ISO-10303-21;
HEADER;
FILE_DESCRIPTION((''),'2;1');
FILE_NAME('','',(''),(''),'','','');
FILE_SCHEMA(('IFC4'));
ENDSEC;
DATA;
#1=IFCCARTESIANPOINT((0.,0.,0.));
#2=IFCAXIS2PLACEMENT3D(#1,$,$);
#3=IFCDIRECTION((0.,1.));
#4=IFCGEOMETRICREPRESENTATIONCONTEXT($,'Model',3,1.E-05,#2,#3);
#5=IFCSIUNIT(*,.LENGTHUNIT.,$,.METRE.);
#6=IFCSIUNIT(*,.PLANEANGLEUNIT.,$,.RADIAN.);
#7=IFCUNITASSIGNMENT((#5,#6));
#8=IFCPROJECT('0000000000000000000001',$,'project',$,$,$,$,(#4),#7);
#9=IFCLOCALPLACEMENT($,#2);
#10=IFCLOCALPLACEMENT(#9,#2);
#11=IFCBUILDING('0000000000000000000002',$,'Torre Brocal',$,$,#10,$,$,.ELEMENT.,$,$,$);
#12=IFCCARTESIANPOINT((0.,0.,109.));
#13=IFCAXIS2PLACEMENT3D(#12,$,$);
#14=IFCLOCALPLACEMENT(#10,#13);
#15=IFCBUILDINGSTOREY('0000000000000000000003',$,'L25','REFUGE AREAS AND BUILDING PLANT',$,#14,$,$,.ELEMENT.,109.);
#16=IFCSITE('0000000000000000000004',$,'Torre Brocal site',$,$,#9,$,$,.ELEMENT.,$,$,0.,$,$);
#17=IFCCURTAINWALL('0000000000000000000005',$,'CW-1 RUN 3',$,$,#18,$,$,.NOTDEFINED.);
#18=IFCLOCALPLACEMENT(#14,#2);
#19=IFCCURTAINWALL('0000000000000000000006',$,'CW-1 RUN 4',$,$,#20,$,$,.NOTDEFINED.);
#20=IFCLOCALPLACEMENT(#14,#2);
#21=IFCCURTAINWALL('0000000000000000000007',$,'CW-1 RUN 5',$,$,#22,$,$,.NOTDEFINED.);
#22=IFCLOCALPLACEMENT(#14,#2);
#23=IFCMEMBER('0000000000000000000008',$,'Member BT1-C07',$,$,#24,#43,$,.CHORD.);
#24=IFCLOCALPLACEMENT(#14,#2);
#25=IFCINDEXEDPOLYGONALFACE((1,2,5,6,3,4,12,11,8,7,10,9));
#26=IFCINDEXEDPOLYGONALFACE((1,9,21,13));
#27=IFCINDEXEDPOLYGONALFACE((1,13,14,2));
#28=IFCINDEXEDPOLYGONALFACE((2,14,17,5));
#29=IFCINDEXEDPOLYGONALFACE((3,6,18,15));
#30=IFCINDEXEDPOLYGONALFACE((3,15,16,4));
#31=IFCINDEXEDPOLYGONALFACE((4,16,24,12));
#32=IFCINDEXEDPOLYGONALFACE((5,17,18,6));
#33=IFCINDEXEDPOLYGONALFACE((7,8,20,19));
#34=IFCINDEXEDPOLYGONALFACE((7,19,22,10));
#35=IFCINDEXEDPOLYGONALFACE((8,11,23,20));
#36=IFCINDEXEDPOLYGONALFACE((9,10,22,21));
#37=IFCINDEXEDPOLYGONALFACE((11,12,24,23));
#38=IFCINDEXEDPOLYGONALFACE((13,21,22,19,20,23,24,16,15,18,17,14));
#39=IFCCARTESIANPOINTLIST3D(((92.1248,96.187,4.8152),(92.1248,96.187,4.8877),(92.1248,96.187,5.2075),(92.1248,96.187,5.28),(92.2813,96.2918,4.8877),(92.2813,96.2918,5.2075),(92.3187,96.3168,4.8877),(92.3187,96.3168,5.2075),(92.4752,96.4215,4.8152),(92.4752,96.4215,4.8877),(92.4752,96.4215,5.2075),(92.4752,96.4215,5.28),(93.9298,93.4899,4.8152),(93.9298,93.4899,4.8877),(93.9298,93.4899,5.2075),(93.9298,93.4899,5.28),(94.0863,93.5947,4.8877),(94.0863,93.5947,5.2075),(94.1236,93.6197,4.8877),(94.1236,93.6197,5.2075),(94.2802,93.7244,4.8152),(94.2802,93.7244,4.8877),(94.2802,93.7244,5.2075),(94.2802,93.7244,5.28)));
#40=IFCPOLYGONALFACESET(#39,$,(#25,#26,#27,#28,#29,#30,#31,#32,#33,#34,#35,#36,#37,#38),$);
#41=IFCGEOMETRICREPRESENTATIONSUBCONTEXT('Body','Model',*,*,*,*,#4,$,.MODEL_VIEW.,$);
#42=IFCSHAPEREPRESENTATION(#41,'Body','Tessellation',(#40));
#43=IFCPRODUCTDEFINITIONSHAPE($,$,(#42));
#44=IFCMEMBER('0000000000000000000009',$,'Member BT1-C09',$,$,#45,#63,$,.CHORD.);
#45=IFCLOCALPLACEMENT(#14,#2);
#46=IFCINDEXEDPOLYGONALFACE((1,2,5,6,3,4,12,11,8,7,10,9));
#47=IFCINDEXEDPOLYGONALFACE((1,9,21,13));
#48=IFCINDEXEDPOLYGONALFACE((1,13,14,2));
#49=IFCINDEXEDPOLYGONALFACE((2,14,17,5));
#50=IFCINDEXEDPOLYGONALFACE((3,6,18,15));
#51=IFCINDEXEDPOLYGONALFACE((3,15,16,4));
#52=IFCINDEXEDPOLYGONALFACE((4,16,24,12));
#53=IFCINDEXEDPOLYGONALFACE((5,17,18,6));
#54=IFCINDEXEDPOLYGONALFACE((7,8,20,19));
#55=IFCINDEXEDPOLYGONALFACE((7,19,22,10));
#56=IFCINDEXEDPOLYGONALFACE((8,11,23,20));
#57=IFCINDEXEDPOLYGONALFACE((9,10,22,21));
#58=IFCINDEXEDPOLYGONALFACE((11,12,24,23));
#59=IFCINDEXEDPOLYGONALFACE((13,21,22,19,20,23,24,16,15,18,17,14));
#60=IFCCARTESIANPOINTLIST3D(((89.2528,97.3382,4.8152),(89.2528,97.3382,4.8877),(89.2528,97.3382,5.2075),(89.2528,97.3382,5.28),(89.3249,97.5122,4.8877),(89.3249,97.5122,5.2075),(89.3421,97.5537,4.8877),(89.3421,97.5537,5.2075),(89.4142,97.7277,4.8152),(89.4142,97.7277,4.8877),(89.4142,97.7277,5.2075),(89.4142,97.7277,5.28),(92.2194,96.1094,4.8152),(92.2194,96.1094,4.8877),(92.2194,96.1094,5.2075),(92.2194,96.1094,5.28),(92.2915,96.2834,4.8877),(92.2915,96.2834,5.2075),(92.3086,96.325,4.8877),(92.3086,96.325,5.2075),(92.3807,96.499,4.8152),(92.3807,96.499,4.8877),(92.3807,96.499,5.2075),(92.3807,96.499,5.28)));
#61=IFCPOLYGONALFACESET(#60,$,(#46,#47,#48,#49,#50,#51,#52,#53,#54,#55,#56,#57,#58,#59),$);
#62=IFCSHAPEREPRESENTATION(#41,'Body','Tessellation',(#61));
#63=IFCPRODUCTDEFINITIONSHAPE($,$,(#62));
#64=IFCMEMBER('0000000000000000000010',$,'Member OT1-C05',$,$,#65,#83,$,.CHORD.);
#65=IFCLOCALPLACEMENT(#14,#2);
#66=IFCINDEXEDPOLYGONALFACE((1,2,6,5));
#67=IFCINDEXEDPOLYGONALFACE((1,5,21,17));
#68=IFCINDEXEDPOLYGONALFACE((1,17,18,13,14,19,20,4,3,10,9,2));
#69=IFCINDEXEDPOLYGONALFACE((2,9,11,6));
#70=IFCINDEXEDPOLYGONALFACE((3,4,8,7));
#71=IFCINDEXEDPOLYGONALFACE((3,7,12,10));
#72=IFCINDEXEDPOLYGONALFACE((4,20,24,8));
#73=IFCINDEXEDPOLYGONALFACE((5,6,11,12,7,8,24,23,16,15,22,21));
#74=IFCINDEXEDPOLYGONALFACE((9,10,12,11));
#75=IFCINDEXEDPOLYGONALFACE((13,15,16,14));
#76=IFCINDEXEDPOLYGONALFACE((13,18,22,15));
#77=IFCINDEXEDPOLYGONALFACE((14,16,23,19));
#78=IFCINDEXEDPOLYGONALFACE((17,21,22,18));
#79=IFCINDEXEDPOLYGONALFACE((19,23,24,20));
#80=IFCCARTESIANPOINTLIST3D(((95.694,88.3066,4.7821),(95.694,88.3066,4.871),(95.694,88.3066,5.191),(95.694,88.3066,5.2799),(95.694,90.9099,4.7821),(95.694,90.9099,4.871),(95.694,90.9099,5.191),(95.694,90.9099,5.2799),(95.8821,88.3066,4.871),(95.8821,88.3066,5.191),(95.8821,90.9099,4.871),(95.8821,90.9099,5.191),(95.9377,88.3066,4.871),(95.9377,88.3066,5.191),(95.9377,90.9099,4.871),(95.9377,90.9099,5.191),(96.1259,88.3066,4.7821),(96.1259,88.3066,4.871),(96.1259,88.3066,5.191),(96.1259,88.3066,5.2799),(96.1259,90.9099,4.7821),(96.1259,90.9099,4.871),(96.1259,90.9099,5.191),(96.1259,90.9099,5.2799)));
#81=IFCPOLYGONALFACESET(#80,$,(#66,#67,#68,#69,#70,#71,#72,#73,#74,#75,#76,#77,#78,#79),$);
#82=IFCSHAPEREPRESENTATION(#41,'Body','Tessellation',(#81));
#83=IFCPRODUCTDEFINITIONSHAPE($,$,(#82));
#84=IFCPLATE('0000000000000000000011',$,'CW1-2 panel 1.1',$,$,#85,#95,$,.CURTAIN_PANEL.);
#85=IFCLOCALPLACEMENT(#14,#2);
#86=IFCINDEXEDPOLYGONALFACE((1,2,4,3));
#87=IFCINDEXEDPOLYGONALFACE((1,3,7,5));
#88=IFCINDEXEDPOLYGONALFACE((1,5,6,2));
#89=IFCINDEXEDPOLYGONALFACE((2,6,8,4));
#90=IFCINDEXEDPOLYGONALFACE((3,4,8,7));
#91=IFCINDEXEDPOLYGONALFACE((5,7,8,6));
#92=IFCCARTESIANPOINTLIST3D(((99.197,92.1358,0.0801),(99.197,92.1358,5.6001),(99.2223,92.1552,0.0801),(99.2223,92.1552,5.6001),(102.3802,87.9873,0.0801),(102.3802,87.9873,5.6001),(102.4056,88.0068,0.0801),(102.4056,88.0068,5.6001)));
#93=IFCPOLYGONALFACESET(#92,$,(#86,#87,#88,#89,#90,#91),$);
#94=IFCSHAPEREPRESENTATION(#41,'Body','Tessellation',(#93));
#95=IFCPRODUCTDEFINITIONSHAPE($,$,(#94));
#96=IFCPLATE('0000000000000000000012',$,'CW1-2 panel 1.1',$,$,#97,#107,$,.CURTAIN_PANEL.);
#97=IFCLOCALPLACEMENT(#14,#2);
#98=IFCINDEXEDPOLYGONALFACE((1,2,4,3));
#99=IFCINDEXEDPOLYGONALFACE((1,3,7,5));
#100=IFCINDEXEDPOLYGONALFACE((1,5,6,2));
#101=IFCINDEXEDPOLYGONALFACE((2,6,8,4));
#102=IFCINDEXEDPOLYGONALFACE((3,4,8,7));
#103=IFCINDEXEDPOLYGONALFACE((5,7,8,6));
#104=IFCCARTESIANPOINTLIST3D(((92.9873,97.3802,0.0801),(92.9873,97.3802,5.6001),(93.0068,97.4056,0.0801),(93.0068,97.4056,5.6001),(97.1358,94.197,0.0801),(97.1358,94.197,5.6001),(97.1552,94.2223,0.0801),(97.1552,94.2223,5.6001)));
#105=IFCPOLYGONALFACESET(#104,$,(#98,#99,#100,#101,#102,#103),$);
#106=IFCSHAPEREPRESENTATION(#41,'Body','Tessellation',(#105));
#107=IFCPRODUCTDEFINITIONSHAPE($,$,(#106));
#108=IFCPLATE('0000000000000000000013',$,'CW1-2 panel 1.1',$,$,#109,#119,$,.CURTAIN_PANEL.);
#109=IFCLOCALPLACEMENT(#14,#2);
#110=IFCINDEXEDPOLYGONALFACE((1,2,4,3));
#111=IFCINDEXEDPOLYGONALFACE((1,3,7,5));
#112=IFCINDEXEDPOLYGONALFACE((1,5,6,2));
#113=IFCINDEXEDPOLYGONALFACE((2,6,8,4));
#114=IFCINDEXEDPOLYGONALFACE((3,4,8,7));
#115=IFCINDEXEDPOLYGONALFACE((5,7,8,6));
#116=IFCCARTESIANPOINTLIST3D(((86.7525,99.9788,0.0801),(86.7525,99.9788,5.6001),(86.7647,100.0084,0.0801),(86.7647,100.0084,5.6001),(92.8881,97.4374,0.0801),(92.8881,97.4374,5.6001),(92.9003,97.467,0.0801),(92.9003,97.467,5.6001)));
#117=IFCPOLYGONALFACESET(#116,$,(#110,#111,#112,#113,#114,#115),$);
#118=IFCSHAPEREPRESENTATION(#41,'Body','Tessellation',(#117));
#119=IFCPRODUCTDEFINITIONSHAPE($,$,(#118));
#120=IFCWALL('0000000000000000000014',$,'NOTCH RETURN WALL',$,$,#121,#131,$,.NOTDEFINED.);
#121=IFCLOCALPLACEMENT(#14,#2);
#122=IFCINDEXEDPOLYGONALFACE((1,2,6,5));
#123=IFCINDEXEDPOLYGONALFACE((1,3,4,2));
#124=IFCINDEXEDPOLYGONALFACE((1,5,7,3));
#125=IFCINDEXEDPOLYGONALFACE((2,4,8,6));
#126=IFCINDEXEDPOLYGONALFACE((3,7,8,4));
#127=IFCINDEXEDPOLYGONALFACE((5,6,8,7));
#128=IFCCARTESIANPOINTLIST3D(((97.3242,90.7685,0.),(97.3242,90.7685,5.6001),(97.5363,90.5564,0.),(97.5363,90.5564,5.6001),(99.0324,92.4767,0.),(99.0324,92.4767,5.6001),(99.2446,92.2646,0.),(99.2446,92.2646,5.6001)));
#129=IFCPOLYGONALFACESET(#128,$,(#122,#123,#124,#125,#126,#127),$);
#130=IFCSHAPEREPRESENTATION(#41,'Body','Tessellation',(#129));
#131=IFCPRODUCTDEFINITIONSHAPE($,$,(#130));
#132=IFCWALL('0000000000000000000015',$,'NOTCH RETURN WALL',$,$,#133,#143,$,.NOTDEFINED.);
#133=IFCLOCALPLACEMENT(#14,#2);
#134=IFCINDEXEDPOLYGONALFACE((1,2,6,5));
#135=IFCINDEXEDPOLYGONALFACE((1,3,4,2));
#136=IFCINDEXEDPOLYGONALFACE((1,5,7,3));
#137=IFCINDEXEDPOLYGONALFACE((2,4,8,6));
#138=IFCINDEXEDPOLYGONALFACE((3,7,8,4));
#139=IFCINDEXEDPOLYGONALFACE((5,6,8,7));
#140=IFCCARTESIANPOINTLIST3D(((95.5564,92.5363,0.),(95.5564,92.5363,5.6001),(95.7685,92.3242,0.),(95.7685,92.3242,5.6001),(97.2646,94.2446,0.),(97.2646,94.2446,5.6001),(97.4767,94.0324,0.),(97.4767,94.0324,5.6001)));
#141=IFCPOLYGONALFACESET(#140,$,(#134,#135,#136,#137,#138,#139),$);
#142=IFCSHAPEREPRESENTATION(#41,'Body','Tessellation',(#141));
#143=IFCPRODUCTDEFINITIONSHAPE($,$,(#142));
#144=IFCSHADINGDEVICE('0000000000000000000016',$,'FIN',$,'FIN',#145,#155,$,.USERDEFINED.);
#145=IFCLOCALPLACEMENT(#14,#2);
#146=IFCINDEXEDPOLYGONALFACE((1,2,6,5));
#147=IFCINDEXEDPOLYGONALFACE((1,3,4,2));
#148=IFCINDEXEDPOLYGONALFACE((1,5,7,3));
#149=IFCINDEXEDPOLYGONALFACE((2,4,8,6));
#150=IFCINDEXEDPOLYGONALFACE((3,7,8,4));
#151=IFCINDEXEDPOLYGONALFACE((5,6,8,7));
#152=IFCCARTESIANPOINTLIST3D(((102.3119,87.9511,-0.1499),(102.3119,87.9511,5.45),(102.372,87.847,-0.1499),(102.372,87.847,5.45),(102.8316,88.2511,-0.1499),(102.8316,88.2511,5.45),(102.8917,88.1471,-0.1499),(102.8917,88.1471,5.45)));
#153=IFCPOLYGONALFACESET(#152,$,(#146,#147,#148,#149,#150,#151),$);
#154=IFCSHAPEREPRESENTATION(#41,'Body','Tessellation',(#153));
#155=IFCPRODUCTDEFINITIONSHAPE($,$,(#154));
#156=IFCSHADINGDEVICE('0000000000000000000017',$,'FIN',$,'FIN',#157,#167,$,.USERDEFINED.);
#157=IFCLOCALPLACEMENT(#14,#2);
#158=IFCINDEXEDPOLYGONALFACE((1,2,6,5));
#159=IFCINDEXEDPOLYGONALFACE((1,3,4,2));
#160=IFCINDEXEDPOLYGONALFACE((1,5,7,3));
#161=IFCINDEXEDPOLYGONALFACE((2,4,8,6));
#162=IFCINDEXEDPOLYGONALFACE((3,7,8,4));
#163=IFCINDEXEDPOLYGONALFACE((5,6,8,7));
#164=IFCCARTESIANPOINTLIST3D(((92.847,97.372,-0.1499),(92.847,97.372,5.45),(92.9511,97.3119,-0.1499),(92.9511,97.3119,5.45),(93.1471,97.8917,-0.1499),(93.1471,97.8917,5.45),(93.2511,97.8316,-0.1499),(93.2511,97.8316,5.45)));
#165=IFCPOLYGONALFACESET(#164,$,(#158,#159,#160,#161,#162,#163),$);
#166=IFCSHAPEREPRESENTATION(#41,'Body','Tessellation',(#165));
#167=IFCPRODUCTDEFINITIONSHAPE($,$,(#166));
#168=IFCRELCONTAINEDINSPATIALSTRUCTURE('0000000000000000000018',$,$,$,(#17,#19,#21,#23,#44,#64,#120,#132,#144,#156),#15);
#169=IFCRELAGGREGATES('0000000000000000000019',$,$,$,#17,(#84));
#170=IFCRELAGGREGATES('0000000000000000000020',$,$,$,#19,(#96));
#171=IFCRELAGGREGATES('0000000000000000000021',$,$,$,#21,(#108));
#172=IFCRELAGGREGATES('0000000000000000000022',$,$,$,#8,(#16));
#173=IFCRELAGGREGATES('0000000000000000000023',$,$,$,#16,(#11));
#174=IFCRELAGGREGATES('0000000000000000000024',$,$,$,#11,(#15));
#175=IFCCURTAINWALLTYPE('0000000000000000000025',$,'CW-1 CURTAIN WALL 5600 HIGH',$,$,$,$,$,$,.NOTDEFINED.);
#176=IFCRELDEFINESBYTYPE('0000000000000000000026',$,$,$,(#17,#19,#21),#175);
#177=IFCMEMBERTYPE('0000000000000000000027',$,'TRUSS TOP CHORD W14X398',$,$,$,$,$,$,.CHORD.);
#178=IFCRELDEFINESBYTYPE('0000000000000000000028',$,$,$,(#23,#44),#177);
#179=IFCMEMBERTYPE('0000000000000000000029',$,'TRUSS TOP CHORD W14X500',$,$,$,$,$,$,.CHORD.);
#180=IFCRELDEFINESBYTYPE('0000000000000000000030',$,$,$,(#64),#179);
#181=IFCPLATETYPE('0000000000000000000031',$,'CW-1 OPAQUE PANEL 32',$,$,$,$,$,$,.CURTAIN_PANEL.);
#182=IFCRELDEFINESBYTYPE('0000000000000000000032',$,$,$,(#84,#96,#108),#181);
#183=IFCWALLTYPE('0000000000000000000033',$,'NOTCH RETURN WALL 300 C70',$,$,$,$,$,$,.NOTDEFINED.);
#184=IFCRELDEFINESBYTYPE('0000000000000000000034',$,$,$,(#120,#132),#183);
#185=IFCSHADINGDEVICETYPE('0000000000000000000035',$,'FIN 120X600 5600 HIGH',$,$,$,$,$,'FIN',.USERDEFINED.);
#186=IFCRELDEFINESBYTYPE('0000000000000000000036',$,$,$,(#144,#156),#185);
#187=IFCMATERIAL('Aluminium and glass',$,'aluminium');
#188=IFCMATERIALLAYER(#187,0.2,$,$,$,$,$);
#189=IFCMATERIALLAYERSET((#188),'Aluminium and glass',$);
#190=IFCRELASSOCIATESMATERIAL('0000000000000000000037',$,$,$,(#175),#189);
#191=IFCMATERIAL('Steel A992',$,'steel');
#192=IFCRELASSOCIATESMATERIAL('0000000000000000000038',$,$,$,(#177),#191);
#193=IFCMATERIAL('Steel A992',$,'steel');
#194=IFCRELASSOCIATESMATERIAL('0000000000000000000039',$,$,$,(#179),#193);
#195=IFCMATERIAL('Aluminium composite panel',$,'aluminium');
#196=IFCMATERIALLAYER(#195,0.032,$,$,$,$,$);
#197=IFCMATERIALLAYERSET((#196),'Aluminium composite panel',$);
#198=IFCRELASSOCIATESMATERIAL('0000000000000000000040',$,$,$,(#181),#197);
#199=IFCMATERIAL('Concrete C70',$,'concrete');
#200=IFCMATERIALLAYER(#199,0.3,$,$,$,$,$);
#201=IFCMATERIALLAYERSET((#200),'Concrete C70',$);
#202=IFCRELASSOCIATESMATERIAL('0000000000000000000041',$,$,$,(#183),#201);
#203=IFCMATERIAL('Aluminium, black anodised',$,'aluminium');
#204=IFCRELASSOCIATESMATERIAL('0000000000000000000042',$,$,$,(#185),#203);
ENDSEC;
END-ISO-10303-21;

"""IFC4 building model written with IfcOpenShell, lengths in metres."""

from ifc_helpers import new_model, si_unit, direction, frame, frame_2d, origin, origin_2d, place, context, subcontext, project, spatial, rectangle, i_section, extrude, material, layer, layer_set, material_profile, profile_set, type_object, element, aggregate, save


model = new_model("IFC4")

# Units and contexts
model_context = context("Model", 3, precision=1e-05, world=origin(), true_north=direction((0.0, 1.0)))
body_context = subcontext(model_context, "Body", "Model", "MODEL_VIEW")
ifc_project = project(units=[si_unit("LENGTHUNIT", "METRE"), si_unit("PLANEANGLEUNIT", "RADIAN")], contexts=[model_context])

# Site, building, storey
site_placement = place(None, origin())
site = spatial("IfcSite", under=ifc_project, at=site_placement, Name="Torre Brocal site", CompositionType="ELEMENT", RefElevation=0.0)
building_placement = place(site_placement, origin())
building = spatial("IfcBuilding", under=site, at=building_placement, Name="Torre Brocal", CompositionType="ELEMENT")
storey_placement = place(building_placement, frame((0.0, 0.0, 109.0)))
storey = spatial("IfcBuildingStorey", under=building, at=storey_placement, Name="L25", Description="REFUGE AREAS AND BUILDING PLANT", CompositionType="ELEMENT", Elevation=109.0)

# Shared definitions
ifc_material_1 = material(Name="Aluminium and glass", Category="aluminium")
ifc_layer_1 = layer(ifc_material_1, 0.2)
ifc_layer_set_1 = layer_set([ifc_layer_1], Name="Aluminium and glass")
curtain_wall_type = type_object("IfcCurtainWallType", Name="CW-1 CURTAIN WALL 5600 HIGH", PredefinedType="NOTDEFINED", material=ifc_layer_set_1)

# Curtain walls
curtain_wall_1_placement = place(storey_placement, origin())
curtain_wall_1 = element("IfcCurtainWall", 1, at=curtain_wall_1_placement, inside=storey, type_object=curtain_wall_type, Name="CW-1 RUN 3", PredefinedType="NOTDEFINED")
curtain_wall_2_placement = place(storey_placement, origin())
curtain_wall_2 = element("IfcCurtainWall", 2, at=curtain_wall_2_placement, inside=storey, type_object=curtain_wall_type, Name="CW-1 RUN 4", PredefinedType="NOTDEFINED")

# Curtain wall
curtain_wall_3_placement = place(storey_placement, origin())
curtain_wall_3 = element("IfcCurtainWall", 3, at=curtain_wall_3_placement, inside=storey, type_object=curtain_wall_type, Name="CW-1 RUN 5", PredefinedType="NOTDEFINED")

# Members
ifc_material_2 = material(Name="Steel A992", Category="steel")
ifc_material_profile_1 = material_profile(ifc_material_2, i_section(OverallWidth=0.4216, OverallDepth=0.4648, WebThickness=0.0449, FlangeThickness=0.0725, at=origin_2d()), Name="W14X398")
ifc_profile_set_1 = profile_set([ifc_material_profile_1], Name="Steel A992")
member_type_1 = type_object("IfcMemberType", Name="TRUSS TOP CHORD W14X398", PredefinedType="CHORD", material=ifc_profile_set_1)
for number, where, z_axis, x_axis, name in (
    (4, (94.105, 93.6072, 5.0476), (-0.556175, 0.831065, 0.0), (-0.831065, -0.556175, 0.0), "Member BT1-C07"),
):
    element("IfcMember", number, at=place(storey_placement, frame(where, z_axis=z_axis, x_axis=x_axis)), inside=storey, type_object=member_type_1, Name=name, PredefinedType="CHORD", context=body_context, shape_type="SweptSolid", body=[
        extrude(i_section(OverallWidth=0.4216, OverallDepth=0.4648, WebThickness=0.0449, FlangeThickness=0.0725, at=origin_2d()), origin(), (0.0, 0.0, 1.0), 3.2454),
    ])
member_1_placement = place(storey_placement, frame((92.3, 96.3042, 5.0476), z_axis=(-0.923882, 0.382676, 0.0), x_axis=(-0.382676, -0.923882, 0.0)))
element("IfcMember", 5, at=member_1_placement, inside=storey, type_object=member_type_1, Name="Member BT1-C09", PredefinedType="CHORD", context=body_context, shape_type="SweptSolid", body=[
    extrude(i_section(OverallWidth=0.4216, OverallDepth=0.4648, WebThickness=0.0449, FlangeThickness=0.0725, at=origin_2d()), origin(), (0.0, 0.0, 1.0), 3.2109),
])
ifc_material_3 = material(Name="Steel A992", Category="steel")
ifc_material_profile_2 = material_profile(ifc_material_3, i_section(OverallWidth=0.4319, OverallDepth=0.4978, WebThickness=0.0557, FlangeThickness=0.0889, at=origin_2d()), Name="W14X500")
ifc_profile_set_2 = profile_set([ifc_material_profile_2], Name="Steel A992")
member_type_2 = type_object("IfcMemberType", Name="TRUSS TOP CHORD W14X500", PredefinedType="CHORD", material=ifc_profile_set_2)
member_2_placement = place(storey_placement, frame((95.9099, 88.3066, 5.031), z_axis=(0.0, 1.0, 0.0), x_axis=(-1.0, 0.0, 0.0)))
element("IfcMember", 6, at=member_2_placement, inside=storey, type_object=member_type_2, Name="Member OT1-C05", PredefinedType="CHORD", context=body_context, shape_type="SweptSolid", body=[
    extrude(i_section(OverallWidth=0.4319, OverallDepth=0.4978, WebThickness=0.0557, FlangeThickness=0.0889, at=origin_2d()), origin(), (0.0, 0.0, 1.0), 2.6033),
])

# Plates
ifc_material_4 = material(Name="Aluminium composite panel", Category="aluminium")
ifc_layer_2 = layer(ifc_material_4, 0.032)
ifc_layer_set_2 = layer_set([ifc_layer_2], Name="Aluminium composite panel")
plate_type = type_object("IfcPlateType", Name="CW-1 OPAQUE PANEL 32", PredefinedType="CURTAIN_PANEL", material=ifc_layer_set_2)
plate_1_placement = place(storey_placement, frame((100.8013, 90.0713, 0.0801), z_axis=(0.0, 0.0, 1.0), x_axis=(-0.608761, 0.793353, 0.0)))
plate_1 = element("IfcPlate", 7, at=plate_1_placement, type_object=plate_type, Name="CW1-2 panel 1.1", PredefinedType="CURTAIN_PANEL", context=body_context, shape_type="SweptSolid", body=[
    extrude(rectangle(XDim=5.229, YDim=0.032, at=origin_2d()), origin(), (0.0, 0.0, 1.0), 5.52),
])
aggregate(curtain_wall_1, [plate_1])
plate_2_placement = place(storey_placement, frame((95.0713, 95.8013, 0.0801), z_axis=(0.0, 0.0, 1.0), x_axis=(-0.793353, 0.608761, 0.0)))
plate_2 = element("IfcPlate", 8, at=plate_2_placement, type_object=plate_type, Name="CW1-2 panel 1.1", PredefinedType="CURTAIN_PANEL", context=body_context, shape_type="SweptSolid", body=[
    extrude(rectangle(XDim=5.229, YDim=0.032, at=origin_2d()), origin(), (0.0, 0.0, 1.0), 5.52),
])
aggregate(curtain_wall_2, [plate_2])
plate_3_placement = place(storey_placement, frame((89.8264, 98.7229, 0.0801), z_axis=(0.0, 0.0, 1.0), x_axis=(-0.92388, 0.382683, 0.0)))
plate_3 = element("IfcPlate", 9, at=plate_3_placement, type_object=plate_type, Name="CW1-2 panel 1.1", PredefinedType="CURTAIN_PANEL", context=body_context, shape_type="SweptSolid", body=[
    extrude(rectangle(XDim=6.6411, YDim=0.032, at=origin_2d()), origin(), (0.0, 0.0, 1.0), 5.52),
])
aggregate(curtain_wall_3, [plate_3])

# Walls
ifc_material_5 = material(Name="Concrete C70", Category="concrete")
ifc_layer_3 = layer(ifc_material_5, 0.3)
ifc_layer_set_3 = layer_set([ifc_layer_3], Name="Concrete C70")
wall_type = type_object("IfcWallType", Name="NOTCH RETURN WALL 300 C70", PredefinedType="NOTDEFINED", material=ifc_layer_set_3)
for number, where, z_axis, x_axis, name in (
    (10, (97.4302, 90.6624, 0.0), (0.0, 0.0, 1.0), (0.707107, 0.707107, 0.0), "NOTCH RETURN WALL"),
    (11, (95.6624, 92.4302, 0.0), (0.0, 0.0, 1.0), (0.707107, 0.707107, 0.0), "NOTCH RETURN WALL"),
):
    element("IfcWall", number, at=place(storey_placement, frame(where, z_axis=z_axis, x_axis=x_axis)), inside=storey, type_object=wall_type, Name=name, PredefinedType="NOTDEFINED", context=body_context, shape_type="SweptSolid", body=[
        extrude(rectangle(XDim=2.4158, YDim=0.3, at=frame_2d((1.208, 0.0))), origin(), (0.0, 0.0, 1.0), 5.6001),
    ])

# Shading devices
ifc_material_6 = material(Name="Aluminium, black anodised", Category="aluminium")
ifc_material_profile_3 = material_profile(ifc_material_6, rectangle(XDim=0.1201, YDim=0.6001, at=origin_2d()), Name="FIN 120X600 5600 HIGH")
ifc_profile_set_3 = profile_set([ifc_material_profile_3], Name="Aluminium, black anodised")
shading_device_type = type_object("IfcShadingDeviceType", Name="FIN 120X600 5600 HIGH", ElementType="FIN", PredefinedType="USERDEFINED", material=ifc_profile_set_3)
for number, where, z_axis, x_axis, name in (
    (12, (102.6018, 88.0491, -0.1499), (0.0, 0.0, 1.0), (-0.5, 0.866025, 0.0), "FIN"),
    (13, (93.0491, 97.6018, -0.1499), (0.0, 0.0, 1.0), (-0.866025, 0.5, 0.0), "FIN"),
):
    element("IfcShadingDevice", number, at=place(storey_placement, frame(where, z_axis=z_axis, x_axis=x_axis)), inside=storey, type_object=shading_device_type, Name=name, ObjectType="FIN", PredefinedType="USERDEFINED", context=body_context, shape_type="SweptSolid", body=[
        extrude(rectangle(XDim=0.1201, YDim=0.6001, at=origin_2d()), origin(), (0.0, 0.0, 1.0), 5.5999),
    ])

save(model, "model.ifc")
